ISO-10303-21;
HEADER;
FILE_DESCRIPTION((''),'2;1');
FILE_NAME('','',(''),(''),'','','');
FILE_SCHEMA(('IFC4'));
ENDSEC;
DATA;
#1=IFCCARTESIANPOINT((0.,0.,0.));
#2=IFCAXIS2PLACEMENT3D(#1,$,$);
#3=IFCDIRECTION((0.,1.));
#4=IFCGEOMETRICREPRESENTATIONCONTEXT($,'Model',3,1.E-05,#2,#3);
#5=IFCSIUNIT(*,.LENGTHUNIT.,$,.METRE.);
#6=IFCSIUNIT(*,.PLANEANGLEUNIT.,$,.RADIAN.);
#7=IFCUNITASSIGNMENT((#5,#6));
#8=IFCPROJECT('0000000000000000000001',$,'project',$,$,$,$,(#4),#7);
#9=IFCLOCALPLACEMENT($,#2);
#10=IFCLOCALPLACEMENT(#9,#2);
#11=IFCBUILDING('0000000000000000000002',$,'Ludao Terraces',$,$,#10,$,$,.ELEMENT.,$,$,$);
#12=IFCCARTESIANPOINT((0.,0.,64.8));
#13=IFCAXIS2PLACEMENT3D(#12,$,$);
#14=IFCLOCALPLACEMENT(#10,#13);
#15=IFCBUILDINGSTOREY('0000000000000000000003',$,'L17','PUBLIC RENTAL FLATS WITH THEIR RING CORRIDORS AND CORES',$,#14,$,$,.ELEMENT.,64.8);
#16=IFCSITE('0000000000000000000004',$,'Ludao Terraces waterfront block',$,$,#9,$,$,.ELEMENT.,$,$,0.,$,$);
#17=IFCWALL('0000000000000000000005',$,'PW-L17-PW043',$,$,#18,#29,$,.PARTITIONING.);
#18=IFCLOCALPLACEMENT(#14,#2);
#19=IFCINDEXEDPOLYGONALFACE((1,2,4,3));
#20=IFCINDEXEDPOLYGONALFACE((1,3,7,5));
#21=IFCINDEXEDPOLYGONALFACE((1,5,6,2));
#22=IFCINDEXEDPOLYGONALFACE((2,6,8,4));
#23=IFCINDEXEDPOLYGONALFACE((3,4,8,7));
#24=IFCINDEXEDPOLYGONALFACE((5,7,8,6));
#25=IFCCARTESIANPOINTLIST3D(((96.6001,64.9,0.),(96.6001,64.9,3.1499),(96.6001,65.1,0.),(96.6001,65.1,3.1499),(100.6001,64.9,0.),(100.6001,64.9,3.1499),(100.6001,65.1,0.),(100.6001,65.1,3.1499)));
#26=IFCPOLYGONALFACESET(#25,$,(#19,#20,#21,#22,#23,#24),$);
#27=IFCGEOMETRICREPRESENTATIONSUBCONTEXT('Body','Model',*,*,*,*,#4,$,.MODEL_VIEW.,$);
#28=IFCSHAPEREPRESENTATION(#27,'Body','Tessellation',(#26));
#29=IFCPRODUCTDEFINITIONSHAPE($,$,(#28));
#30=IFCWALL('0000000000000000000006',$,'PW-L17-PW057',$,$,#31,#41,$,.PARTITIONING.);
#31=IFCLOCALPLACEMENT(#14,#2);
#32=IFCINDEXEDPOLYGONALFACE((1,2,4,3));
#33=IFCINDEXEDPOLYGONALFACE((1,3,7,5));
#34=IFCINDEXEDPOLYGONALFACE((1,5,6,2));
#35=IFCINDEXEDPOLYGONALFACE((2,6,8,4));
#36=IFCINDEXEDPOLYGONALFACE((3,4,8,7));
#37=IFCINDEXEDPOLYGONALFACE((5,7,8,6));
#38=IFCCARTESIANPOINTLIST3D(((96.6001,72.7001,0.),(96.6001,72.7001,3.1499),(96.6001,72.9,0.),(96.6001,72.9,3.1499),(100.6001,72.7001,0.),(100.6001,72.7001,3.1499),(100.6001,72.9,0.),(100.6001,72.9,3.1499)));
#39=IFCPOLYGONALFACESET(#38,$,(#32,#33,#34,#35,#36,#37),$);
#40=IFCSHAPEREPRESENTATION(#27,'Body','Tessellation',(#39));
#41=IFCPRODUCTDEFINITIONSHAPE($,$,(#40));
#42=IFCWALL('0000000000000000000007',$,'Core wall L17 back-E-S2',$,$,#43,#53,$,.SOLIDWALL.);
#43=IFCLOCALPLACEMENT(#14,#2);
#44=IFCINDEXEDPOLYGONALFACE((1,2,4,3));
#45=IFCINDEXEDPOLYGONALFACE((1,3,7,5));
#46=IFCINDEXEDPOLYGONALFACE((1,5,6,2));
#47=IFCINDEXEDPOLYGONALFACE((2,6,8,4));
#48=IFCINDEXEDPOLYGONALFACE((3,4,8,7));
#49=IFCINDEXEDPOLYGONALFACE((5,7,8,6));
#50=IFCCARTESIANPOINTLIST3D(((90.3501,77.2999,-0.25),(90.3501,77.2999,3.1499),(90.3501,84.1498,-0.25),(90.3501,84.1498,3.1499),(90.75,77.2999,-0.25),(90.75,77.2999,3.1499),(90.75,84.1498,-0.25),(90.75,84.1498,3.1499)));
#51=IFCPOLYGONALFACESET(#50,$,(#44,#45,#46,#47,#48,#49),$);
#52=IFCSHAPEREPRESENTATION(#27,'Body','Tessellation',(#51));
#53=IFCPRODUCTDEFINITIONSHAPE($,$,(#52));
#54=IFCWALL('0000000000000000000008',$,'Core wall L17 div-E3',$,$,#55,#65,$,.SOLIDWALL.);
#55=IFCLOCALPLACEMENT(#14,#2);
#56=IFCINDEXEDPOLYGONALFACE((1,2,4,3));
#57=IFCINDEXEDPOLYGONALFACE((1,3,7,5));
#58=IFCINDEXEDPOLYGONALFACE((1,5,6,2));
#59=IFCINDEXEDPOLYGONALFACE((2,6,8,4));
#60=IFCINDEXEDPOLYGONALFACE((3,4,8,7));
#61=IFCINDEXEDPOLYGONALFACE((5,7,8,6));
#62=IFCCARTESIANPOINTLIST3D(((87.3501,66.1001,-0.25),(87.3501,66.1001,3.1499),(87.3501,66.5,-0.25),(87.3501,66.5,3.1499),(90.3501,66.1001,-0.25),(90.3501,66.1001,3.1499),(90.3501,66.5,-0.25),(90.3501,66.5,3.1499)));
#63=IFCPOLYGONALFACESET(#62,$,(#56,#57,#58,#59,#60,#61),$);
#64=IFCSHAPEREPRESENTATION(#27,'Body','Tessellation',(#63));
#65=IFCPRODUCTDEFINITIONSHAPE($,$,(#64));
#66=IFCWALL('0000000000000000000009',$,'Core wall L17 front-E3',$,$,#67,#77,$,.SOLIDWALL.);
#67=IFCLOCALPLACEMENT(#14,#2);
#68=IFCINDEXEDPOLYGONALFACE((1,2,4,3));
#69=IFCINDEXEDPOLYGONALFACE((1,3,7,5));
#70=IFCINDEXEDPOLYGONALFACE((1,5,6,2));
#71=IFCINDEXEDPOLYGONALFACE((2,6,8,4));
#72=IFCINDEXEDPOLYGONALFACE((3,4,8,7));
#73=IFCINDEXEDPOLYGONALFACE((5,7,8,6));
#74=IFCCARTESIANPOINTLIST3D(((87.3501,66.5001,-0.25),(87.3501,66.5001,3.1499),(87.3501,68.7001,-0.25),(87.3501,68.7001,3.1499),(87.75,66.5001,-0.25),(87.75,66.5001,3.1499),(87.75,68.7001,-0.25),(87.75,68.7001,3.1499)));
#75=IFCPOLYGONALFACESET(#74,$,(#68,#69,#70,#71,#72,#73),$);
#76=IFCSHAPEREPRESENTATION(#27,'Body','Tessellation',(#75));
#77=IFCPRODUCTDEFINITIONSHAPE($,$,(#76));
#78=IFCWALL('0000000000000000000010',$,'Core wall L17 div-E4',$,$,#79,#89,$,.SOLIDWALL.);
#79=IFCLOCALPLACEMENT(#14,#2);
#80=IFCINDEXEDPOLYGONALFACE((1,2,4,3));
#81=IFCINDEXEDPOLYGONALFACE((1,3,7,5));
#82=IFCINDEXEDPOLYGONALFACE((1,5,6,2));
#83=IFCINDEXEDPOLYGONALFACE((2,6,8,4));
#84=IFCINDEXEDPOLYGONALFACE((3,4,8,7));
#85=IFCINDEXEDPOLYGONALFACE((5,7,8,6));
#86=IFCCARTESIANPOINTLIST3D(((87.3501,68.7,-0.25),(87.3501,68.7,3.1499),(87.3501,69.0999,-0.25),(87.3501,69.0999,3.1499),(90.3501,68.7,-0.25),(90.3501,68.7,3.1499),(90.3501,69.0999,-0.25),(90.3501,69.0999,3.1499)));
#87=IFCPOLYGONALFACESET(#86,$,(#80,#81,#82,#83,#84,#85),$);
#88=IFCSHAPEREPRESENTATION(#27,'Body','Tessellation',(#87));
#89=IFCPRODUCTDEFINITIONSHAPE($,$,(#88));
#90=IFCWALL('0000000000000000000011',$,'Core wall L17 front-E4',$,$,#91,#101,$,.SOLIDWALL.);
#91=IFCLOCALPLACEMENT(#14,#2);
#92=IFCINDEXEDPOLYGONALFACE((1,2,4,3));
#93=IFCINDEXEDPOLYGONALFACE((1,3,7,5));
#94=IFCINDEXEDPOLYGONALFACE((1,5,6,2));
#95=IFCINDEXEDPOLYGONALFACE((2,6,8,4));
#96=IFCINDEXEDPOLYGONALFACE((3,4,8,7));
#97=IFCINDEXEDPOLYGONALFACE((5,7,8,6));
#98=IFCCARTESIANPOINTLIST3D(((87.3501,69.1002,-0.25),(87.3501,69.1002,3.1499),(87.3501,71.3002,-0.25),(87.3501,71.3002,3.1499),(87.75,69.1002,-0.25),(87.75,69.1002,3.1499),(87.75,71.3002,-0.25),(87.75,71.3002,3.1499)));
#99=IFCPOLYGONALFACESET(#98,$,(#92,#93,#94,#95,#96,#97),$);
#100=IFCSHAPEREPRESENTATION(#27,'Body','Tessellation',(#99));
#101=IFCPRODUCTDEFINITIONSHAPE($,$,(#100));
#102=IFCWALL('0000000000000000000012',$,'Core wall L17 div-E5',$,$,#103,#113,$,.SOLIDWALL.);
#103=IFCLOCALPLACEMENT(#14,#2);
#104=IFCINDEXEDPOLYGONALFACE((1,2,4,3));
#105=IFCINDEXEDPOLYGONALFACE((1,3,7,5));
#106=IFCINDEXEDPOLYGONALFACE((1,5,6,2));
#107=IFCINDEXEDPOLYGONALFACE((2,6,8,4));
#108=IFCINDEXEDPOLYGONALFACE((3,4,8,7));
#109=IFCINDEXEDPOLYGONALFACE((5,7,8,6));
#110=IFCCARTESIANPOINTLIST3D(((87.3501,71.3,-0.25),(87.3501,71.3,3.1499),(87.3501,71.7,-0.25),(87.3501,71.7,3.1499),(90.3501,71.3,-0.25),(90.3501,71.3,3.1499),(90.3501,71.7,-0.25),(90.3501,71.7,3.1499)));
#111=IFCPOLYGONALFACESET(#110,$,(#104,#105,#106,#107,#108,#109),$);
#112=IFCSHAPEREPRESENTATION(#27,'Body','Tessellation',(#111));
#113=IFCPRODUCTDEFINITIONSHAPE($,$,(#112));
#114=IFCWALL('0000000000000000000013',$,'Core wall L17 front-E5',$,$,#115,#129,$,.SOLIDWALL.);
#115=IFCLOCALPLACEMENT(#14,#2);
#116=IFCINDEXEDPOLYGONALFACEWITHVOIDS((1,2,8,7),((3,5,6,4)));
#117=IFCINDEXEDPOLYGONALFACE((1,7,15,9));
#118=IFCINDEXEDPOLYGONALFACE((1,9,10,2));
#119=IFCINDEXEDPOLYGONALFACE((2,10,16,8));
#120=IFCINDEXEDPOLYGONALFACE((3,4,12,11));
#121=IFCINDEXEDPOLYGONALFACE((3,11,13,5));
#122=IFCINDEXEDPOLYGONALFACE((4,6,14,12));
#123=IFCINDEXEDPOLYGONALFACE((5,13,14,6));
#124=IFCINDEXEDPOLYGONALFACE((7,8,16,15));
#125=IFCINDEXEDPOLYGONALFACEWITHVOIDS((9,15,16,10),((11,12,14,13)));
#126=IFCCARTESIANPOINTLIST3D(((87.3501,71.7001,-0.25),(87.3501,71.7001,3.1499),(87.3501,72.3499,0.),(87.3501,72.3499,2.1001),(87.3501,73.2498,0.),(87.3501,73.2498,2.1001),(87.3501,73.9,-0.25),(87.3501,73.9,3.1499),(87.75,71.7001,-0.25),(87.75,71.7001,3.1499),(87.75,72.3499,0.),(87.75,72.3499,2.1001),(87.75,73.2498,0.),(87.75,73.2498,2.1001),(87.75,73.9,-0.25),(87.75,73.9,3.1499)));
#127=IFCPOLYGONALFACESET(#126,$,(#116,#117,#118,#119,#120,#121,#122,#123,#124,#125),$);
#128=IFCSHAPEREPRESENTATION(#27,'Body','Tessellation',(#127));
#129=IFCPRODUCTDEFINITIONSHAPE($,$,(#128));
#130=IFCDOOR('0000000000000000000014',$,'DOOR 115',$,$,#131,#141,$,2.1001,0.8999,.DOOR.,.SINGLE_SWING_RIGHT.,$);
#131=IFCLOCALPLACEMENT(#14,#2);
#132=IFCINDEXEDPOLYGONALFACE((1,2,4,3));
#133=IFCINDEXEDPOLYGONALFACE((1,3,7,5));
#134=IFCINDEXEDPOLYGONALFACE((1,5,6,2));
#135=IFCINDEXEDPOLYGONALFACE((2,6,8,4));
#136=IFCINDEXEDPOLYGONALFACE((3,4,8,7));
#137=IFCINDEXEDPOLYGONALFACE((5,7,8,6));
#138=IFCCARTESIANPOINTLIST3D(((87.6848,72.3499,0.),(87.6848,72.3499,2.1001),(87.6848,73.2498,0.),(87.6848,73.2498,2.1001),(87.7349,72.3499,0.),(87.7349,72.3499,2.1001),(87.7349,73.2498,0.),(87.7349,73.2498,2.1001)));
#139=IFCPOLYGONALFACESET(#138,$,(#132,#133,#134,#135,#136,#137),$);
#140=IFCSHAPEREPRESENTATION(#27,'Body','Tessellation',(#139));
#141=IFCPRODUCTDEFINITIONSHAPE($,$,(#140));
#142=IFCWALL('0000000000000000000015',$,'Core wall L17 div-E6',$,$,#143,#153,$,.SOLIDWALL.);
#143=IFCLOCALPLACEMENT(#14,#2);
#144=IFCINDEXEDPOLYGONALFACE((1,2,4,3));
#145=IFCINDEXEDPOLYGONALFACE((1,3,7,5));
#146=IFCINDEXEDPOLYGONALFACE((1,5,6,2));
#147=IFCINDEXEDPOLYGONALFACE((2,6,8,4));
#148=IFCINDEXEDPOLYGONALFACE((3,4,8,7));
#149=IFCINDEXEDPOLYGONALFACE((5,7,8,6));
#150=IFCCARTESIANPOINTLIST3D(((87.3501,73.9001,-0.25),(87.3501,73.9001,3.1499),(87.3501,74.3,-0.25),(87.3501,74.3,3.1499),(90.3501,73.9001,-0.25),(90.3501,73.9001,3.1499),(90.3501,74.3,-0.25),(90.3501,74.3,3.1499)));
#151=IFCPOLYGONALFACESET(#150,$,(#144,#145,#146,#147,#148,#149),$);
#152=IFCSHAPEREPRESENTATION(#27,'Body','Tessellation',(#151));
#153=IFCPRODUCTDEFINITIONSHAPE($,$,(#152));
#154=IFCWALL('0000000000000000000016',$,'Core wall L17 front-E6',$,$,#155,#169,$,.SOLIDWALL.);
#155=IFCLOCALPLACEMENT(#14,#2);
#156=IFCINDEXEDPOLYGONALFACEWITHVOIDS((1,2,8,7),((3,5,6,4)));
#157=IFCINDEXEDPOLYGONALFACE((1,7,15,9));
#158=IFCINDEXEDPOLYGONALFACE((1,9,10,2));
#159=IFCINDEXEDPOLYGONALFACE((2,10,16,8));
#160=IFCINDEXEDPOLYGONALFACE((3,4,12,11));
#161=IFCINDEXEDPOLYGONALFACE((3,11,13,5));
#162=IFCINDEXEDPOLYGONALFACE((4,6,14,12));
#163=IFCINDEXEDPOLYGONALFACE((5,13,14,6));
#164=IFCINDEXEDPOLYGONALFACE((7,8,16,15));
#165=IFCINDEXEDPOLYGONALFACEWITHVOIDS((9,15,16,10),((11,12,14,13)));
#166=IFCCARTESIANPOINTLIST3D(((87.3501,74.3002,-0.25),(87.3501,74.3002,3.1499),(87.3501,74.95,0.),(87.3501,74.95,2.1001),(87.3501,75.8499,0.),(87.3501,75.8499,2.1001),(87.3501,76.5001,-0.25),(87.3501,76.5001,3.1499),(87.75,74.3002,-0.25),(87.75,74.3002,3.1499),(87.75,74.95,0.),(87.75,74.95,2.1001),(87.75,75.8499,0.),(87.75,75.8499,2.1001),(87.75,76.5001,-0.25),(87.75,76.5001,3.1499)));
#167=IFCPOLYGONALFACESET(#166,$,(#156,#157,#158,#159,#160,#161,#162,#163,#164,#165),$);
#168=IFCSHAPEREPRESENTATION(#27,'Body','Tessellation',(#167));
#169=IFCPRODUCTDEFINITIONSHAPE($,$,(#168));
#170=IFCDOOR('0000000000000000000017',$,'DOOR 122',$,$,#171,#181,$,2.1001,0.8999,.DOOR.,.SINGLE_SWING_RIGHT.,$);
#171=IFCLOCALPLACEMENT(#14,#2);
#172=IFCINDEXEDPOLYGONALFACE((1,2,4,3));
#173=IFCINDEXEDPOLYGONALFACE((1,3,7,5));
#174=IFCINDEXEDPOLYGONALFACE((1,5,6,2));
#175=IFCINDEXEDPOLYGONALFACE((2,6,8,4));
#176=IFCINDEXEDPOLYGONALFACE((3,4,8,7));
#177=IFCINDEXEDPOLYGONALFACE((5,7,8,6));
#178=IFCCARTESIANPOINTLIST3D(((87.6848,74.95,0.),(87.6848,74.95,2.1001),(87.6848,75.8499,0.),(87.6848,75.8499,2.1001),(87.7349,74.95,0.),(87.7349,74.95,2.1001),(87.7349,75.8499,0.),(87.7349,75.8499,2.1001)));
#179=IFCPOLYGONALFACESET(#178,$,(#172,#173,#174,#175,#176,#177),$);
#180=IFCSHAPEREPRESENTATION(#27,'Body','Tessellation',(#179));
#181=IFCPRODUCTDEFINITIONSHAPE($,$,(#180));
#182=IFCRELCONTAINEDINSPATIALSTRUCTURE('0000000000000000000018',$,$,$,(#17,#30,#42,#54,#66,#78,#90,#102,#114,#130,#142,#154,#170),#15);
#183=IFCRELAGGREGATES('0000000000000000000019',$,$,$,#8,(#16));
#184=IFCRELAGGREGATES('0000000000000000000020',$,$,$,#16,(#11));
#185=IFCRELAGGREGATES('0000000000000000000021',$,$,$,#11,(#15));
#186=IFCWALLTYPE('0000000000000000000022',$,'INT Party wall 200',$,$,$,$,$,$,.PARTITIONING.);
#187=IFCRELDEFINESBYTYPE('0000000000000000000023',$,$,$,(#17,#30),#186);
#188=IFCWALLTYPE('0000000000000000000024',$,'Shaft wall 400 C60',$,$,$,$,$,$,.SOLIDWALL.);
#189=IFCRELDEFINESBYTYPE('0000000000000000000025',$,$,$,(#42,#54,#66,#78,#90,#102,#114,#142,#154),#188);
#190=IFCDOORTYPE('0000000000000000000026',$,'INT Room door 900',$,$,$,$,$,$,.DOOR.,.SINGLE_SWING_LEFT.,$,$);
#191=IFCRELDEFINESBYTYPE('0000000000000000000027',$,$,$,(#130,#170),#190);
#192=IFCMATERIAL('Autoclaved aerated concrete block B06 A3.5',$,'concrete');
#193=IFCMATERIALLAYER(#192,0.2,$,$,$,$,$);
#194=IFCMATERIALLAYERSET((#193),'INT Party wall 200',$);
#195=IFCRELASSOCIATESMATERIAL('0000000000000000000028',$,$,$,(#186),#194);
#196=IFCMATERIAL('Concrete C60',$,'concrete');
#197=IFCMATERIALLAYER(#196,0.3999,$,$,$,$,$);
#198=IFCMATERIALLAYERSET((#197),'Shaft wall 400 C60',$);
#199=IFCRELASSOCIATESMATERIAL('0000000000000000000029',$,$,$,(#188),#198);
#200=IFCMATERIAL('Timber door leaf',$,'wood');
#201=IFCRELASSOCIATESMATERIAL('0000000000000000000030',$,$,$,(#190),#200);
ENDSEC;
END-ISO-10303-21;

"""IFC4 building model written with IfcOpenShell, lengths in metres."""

from ifc_helpers import new_model, si_unit, direction, frame, frame_2d, origin, place, context, subcontext, project, spatial, rectangle, extrude, material, layer, layer_set, type_object, element, fill, save


model = new_model("IFC4")

# Units and contexts
model_context = context("Model", 3, precision=1e-05, world=origin(), true_north=direction((0.0, 1.0)))
body_context = subcontext(model_context, "Body", "Model", "MODEL_VIEW")
ifc_project = project(units=[si_unit("LENGTHUNIT", "METRE"), si_unit("PLANEANGLEUNIT", "RADIAN")], contexts=[model_context])

# Site, building, storey
site_placement = place(None, origin())
site = spatial("IfcSite", under=ifc_project, at=site_placement, Name="Ludao Terraces waterfront block", CompositionType="ELEMENT", RefElevation=0.0)
building_placement = place(site_placement, origin())
building = spatial("IfcBuilding", under=site, at=building_placement, Name="Ludao Terraces", CompositionType="ELEMENT")
storey_placement = place(building_placement, frame((0.0, 0.0, 64.8)))
storey = spatial("IfcBuildingStorey", under=building, at=storey_placement, Name="L17", Description="PUBLIC RENTAL FLATS WITH THEIR RING CORRIDORS AND CORES", CompositionType="ELEMENT", Elevation=64.8)

# Walls
ifc_material_1 = material(Name="Autoclaved aerated concrete block B06 A3.5", Category="concrete")
ifc_layer_1 = layer(ifc_material_1, 0.2)
ifc_layer_set_1 = layer_set([ifc_layer_1], Name="INT Party wall 200")
wall_type_1 = type_object("IfcWallType", Name="INT Party wall 200", PredefinedType="PARTITIONING", material=ifc_layer_set_1)
for number, where, z_axis, x_axis, name in (
    (1, (96.6001, 65.0, 0.0), (0.0, 0.0, 1.0), (1.0, 0.0, 0.0), "PW-L17-PW043"),
    (2, (96.6001, 72.8, 0.0), (0.0, 0.0, 1.0), (1.0, 0.0, 0.0), "PW-L17-PW057"),
):
    element("IfcWall", number, at=place(storey_placement, frame(where, z_axis=z_axis, x_axis=x_axis)), inside=storey, type_object=wall_type_1, Name=name, PredefinedType="PARTITIONING", context=body_context, shape_type="SweptSolid", body=[
        extrude(rectangle(XDim=4.0, YDim=0.2, at=frame_2d((2.0, 0.0))), origin(), (0.0, 0.0, 1.0), 3.1499),
    ])
ifc_material_2 = material(Name="Concrete C60", Category="concrete")
ifc_layer_2 = layer(ifc_material_2, 0.3999)
ifc_layer_set_2 = layer_set([ifc_layer_2], Name="Shaft wall 400 C60")
wall_type_2 = type_object("IfcWallType", Name="Shaft wall 400 C60", PredefinedType="SOLIDWALL", material=ifc_layer_set_2)
wall_1_placement = place(storey_placement, frame((90.55, 77.3, -0.25), z_axis=(0.0, 0.0, 1.0), x_axis=(0.0, 1.0, 0.0)))
element("IfcWall", 3, at=wall_1_placement, inside=storey, type_object=wall_type_2, Name="Core wall L17 back-E-S2", PredefinedType="SOLIDWALL", context=body_context, shape_type="SweptSolid", body=[
    extrude(rectangle(XDim=6.8499, YDim=0.3999, at=frame_2d((3.4248, 0.0))), origin(), (0.0, 0.0, 1.0), 3.3999),
])
wall_2_placement = place(storey_placement, frame((87.3501, 66.3, -0.25), z_axis=(0.0, 0.0, 1.0), x_axis=(1.0, 0.0, 0.0)))
element("IfcWall", 4, at=wall_2_placement, inside=storey, type_object=wall_type_2, Name="Core wall L17 div-E3", PredefinedType="SOLIDWALL", context=body_context, shape_type="SweptSolid", body=[
    extrude(rectangle(XDim=3.0, YDim=0.3999, at=frame_2d((1.5, 0.0))), origin(), (0.0, 0.0, 1.0), 3.3999),
])
wall_3_placement = place(storey_placement, frame((87.55, 66.5, -0.25), z_axis=(0.0, 0.0, 1.0), x_axis=(0.0, 1.0, 0.0)))
element("IfcWall", 5, at=wall_3_placement, inside=storey, type_object=wall_type_2, Name="Core wall L17 front-E3", PredefinedType="SOLIDWALL", context=body_context, shape_type="SweptSolid", body=[
    extrude(rectangle(XDim=2.2, YDim=0.3999, at=frame_2d((1.1001, 0.0))), origin(), (0.0, 0.0, 1.0), 3.3999),
])
wall_4_placement = place(storey_placement, frame((87.3501, 68.8999, -0.25), z_axis=(0.0, 0.0, 1.0), x_axis=(1.0, 0.0, 0.0)))
element("IfcWall", 6, at=wall_4_placement, inside=storey, type_object=wall_type_2, Name="Core wall L17 div-E4", PredefinedType="SOLIDWALL", context=body_context, shape_type="SweptSolid", body=[
    extrude(rectangle(XDim=3.0, YDim=0.3999, at=frame_2d((1.5, 0.0))), origin(), (0.0, 0.0, 1.0), 3.3999),
])
wall_5_placement = place(storey_placement, frame((87.55, 69.1001, -0.25), z_axis=(0.0, 0.0, 1.0), x_axis=(0.0, 1.0, 0.0)))
element("IfcWall", 7, at=wall_5_placement, inside=storey, type_object=wall_type_2, Name="Core wall L17 front-E4", PredefinedType="SOLIDWALL", context=body_context, shape_type="SweptSolid", body=[
    extrude(rectangle(XDim=2.2, YDim=0.3999, at=frame_2d((1.1001, 0.0))), origin(), (0.0, 0.0, 1.0), 3.3999),
])
wall_6_placement = place(storey_placement, frame((87.3501, 71.5, -0.25), z_axis=(0.0, 0.0, 1.0), x_axis=(1.0, 0.0, 0.0)))
element("IfcWall", 8, at=wall_6_placement, inside=storey, type_object=wall_type_2, Name="Core wall L17 div-E5", PredefinedType="SOLIDWALL", context=body_context, shape_type="SweptSolid", body=[
    extrude(rectangle(XDim=3.0, YDim=0.3999, at=frame_2d((1.5, 0.0))), origin(), (0.0, 0.0, 1.0), 3.3999),
])

# Wall, opening, door
wall_7_placement = place(storey_placement, frame((87.55, 71.7, -0.25), z_axis=(0.0, 0.0, 1.0), x_axis=(0.0, 1.0, 0.0)))
wall_7 = element("IfcWall", 9, at=wall_7_placement, inside=storey, type_object=wall_type_2, Name="Core wall L17 front-E5", PredefinedType="SOLIDWALL", context=body_context, shape_type="SweptSolid", body=[
    extrude(rectangle(XDim=2.2, YDim=0.3999, at=frame_2d((1.1001, 0.0))), origin(), (0.0, 0.0, 1.0), 3.3999),
])
opening_1_placement = place(wall_7_placement, frame((0.6499, 0.0, 0.25)))
opening_1 = element("IfcOpeningElement", 10, at=opening_1_placement, cuts=wall_7, PredefinedType="OPENING", context=body_context, shape_type="SweptSolid", body=[
    extrude(rectangle(XDim=0.8999, YDim=2.1001, at=frame_2d((0.45, 1.05))), frame((0.0, 0.21, 0.0), z_axis=(0.0, -1.0, 0.0), x_axis=(1.0, 0.0, 0.0)), (0.0, 0.0, 1.0), 0.4199),
])
ifc_material_3 = material(Name="Timber door leaf", Category="wood")
door_type_1 = type_object("IfcDoorType", Name="INT Room door 900", OperationType="SINGLE_SWING_LEFT", PredefinedType="DOOR", material=ifc_material_3)
door_1_placement = place(opening_1_placement, origin())
door_1 = element("IfcDoor", 11, at=door_1_placement, inside=storey, type_object=door_type_1, Name="DOOR 115", OperationType="SINGLE_SWING_RIGHT", OverallHeight=2.1001, OverallWidth=0.8999, PredefinedType="DOOR", context=body_context, shape_type="SweptSolid", body=[
    extrude(rectangle(XDim=0.8999, YDim=2.1001, at=frame_2d((0.45, 1.05))), frame((0.0, -0.1348, 0.0), z_axis=(0.0, -1.0, 0.0), x_axis=(1.0, 0.0, 0.0)), (0.0, 0.0, 1.0), 0.05),
])
fill(opening_1, door_1)

# Wall
wall_8_placement = place(storey_placement, frame((87.3501, 74.1001, -0.25), z_axis=(0.0, 0.0, 1.0), x_axis=(1.0, 0.0, 0.0)))
element("IfcWall", 12, at=wall_8_placement, inside=storey, type_object=wall_type_2, Name="Core wall L17 div-E6", PredefinedType="SOLIDWALL", context=body_context, shape_type="SweptSolid", body=[
    extrude(rectangle(XDim=3.0, YDim=0.3999, at=frame_2d((1.5, 0.0))), origin(), (0.0, 0.0, 1.0), 3.3999),
])

# Wall, opening, door
wall_9_placement = place(storey_placement, frame((87.55, 74.3, -0.25), z_axis=(0.0, 0.0, 1.0), x_axis=(0.0, 1.0, 0.0)))
wall_9 = element("IfcWall", 13, at=wall_9_placement, inside=storey, type_object=wall_type_2, Name="Core wall L17 front-E6", PredefinedType="SOLIDWALL", context=body_context, shape_type="SweptSolid", body=[
    extrude(rectangle(XDim=2.2, YDim=0.3999, at=frame_2d((1.1001, 0.0))), origin(), (0.0, 0.0, 1.0), 3.3999),
])
opening_2_placement = place(wall_9_placement, frame((0.6499, 0.0, 0.25)))
opening_2 = element("IfcOpeningElement", 14, at=opening_2_placement, cuts=wall_9, PredefinedType="OPENING", context=body_context, shape_type="SweptSolid", body=[
    extrude(rectangle(XDim=0.8999, YDim=2.1001, at=frame_2d((0.45, 1.05))), frame((0.0, 0.21, 0.0), z_axis=(0.0, -1.0, 0.0), x_axis=(1.0, 0.0, 0.0)), (0.0, 0.0, 1.0), 0.4199),
])
door_2_placement = place(opening_2_placement, origin())
door_2 = element("IfcDoor", 15, at=door_2_placement, inside=storey, type_object=door_type_1, Name="DOOR 122", OperationType="SINGLE_SWING_RIGHT", OverallHeight=2.1001, OverallWidth=0.8999, PredefinedType="DOOR", context=body_context, shape_type="SweptSolid", body=[
    extrude(rectangle(XDim=0.8999, YDim=2.1001, at=frame_2d((0.45, 1.05))), frame((0.0, -0.1348, 0.0), z_axis=(0.0, -1.0, 0.0), x_axis=(1.0, 0.0, 0.0)), (0.0, 0.0, 1.0), 0.05),
])
fill(opening_2, door_2)

save(model, "model.ifc")
